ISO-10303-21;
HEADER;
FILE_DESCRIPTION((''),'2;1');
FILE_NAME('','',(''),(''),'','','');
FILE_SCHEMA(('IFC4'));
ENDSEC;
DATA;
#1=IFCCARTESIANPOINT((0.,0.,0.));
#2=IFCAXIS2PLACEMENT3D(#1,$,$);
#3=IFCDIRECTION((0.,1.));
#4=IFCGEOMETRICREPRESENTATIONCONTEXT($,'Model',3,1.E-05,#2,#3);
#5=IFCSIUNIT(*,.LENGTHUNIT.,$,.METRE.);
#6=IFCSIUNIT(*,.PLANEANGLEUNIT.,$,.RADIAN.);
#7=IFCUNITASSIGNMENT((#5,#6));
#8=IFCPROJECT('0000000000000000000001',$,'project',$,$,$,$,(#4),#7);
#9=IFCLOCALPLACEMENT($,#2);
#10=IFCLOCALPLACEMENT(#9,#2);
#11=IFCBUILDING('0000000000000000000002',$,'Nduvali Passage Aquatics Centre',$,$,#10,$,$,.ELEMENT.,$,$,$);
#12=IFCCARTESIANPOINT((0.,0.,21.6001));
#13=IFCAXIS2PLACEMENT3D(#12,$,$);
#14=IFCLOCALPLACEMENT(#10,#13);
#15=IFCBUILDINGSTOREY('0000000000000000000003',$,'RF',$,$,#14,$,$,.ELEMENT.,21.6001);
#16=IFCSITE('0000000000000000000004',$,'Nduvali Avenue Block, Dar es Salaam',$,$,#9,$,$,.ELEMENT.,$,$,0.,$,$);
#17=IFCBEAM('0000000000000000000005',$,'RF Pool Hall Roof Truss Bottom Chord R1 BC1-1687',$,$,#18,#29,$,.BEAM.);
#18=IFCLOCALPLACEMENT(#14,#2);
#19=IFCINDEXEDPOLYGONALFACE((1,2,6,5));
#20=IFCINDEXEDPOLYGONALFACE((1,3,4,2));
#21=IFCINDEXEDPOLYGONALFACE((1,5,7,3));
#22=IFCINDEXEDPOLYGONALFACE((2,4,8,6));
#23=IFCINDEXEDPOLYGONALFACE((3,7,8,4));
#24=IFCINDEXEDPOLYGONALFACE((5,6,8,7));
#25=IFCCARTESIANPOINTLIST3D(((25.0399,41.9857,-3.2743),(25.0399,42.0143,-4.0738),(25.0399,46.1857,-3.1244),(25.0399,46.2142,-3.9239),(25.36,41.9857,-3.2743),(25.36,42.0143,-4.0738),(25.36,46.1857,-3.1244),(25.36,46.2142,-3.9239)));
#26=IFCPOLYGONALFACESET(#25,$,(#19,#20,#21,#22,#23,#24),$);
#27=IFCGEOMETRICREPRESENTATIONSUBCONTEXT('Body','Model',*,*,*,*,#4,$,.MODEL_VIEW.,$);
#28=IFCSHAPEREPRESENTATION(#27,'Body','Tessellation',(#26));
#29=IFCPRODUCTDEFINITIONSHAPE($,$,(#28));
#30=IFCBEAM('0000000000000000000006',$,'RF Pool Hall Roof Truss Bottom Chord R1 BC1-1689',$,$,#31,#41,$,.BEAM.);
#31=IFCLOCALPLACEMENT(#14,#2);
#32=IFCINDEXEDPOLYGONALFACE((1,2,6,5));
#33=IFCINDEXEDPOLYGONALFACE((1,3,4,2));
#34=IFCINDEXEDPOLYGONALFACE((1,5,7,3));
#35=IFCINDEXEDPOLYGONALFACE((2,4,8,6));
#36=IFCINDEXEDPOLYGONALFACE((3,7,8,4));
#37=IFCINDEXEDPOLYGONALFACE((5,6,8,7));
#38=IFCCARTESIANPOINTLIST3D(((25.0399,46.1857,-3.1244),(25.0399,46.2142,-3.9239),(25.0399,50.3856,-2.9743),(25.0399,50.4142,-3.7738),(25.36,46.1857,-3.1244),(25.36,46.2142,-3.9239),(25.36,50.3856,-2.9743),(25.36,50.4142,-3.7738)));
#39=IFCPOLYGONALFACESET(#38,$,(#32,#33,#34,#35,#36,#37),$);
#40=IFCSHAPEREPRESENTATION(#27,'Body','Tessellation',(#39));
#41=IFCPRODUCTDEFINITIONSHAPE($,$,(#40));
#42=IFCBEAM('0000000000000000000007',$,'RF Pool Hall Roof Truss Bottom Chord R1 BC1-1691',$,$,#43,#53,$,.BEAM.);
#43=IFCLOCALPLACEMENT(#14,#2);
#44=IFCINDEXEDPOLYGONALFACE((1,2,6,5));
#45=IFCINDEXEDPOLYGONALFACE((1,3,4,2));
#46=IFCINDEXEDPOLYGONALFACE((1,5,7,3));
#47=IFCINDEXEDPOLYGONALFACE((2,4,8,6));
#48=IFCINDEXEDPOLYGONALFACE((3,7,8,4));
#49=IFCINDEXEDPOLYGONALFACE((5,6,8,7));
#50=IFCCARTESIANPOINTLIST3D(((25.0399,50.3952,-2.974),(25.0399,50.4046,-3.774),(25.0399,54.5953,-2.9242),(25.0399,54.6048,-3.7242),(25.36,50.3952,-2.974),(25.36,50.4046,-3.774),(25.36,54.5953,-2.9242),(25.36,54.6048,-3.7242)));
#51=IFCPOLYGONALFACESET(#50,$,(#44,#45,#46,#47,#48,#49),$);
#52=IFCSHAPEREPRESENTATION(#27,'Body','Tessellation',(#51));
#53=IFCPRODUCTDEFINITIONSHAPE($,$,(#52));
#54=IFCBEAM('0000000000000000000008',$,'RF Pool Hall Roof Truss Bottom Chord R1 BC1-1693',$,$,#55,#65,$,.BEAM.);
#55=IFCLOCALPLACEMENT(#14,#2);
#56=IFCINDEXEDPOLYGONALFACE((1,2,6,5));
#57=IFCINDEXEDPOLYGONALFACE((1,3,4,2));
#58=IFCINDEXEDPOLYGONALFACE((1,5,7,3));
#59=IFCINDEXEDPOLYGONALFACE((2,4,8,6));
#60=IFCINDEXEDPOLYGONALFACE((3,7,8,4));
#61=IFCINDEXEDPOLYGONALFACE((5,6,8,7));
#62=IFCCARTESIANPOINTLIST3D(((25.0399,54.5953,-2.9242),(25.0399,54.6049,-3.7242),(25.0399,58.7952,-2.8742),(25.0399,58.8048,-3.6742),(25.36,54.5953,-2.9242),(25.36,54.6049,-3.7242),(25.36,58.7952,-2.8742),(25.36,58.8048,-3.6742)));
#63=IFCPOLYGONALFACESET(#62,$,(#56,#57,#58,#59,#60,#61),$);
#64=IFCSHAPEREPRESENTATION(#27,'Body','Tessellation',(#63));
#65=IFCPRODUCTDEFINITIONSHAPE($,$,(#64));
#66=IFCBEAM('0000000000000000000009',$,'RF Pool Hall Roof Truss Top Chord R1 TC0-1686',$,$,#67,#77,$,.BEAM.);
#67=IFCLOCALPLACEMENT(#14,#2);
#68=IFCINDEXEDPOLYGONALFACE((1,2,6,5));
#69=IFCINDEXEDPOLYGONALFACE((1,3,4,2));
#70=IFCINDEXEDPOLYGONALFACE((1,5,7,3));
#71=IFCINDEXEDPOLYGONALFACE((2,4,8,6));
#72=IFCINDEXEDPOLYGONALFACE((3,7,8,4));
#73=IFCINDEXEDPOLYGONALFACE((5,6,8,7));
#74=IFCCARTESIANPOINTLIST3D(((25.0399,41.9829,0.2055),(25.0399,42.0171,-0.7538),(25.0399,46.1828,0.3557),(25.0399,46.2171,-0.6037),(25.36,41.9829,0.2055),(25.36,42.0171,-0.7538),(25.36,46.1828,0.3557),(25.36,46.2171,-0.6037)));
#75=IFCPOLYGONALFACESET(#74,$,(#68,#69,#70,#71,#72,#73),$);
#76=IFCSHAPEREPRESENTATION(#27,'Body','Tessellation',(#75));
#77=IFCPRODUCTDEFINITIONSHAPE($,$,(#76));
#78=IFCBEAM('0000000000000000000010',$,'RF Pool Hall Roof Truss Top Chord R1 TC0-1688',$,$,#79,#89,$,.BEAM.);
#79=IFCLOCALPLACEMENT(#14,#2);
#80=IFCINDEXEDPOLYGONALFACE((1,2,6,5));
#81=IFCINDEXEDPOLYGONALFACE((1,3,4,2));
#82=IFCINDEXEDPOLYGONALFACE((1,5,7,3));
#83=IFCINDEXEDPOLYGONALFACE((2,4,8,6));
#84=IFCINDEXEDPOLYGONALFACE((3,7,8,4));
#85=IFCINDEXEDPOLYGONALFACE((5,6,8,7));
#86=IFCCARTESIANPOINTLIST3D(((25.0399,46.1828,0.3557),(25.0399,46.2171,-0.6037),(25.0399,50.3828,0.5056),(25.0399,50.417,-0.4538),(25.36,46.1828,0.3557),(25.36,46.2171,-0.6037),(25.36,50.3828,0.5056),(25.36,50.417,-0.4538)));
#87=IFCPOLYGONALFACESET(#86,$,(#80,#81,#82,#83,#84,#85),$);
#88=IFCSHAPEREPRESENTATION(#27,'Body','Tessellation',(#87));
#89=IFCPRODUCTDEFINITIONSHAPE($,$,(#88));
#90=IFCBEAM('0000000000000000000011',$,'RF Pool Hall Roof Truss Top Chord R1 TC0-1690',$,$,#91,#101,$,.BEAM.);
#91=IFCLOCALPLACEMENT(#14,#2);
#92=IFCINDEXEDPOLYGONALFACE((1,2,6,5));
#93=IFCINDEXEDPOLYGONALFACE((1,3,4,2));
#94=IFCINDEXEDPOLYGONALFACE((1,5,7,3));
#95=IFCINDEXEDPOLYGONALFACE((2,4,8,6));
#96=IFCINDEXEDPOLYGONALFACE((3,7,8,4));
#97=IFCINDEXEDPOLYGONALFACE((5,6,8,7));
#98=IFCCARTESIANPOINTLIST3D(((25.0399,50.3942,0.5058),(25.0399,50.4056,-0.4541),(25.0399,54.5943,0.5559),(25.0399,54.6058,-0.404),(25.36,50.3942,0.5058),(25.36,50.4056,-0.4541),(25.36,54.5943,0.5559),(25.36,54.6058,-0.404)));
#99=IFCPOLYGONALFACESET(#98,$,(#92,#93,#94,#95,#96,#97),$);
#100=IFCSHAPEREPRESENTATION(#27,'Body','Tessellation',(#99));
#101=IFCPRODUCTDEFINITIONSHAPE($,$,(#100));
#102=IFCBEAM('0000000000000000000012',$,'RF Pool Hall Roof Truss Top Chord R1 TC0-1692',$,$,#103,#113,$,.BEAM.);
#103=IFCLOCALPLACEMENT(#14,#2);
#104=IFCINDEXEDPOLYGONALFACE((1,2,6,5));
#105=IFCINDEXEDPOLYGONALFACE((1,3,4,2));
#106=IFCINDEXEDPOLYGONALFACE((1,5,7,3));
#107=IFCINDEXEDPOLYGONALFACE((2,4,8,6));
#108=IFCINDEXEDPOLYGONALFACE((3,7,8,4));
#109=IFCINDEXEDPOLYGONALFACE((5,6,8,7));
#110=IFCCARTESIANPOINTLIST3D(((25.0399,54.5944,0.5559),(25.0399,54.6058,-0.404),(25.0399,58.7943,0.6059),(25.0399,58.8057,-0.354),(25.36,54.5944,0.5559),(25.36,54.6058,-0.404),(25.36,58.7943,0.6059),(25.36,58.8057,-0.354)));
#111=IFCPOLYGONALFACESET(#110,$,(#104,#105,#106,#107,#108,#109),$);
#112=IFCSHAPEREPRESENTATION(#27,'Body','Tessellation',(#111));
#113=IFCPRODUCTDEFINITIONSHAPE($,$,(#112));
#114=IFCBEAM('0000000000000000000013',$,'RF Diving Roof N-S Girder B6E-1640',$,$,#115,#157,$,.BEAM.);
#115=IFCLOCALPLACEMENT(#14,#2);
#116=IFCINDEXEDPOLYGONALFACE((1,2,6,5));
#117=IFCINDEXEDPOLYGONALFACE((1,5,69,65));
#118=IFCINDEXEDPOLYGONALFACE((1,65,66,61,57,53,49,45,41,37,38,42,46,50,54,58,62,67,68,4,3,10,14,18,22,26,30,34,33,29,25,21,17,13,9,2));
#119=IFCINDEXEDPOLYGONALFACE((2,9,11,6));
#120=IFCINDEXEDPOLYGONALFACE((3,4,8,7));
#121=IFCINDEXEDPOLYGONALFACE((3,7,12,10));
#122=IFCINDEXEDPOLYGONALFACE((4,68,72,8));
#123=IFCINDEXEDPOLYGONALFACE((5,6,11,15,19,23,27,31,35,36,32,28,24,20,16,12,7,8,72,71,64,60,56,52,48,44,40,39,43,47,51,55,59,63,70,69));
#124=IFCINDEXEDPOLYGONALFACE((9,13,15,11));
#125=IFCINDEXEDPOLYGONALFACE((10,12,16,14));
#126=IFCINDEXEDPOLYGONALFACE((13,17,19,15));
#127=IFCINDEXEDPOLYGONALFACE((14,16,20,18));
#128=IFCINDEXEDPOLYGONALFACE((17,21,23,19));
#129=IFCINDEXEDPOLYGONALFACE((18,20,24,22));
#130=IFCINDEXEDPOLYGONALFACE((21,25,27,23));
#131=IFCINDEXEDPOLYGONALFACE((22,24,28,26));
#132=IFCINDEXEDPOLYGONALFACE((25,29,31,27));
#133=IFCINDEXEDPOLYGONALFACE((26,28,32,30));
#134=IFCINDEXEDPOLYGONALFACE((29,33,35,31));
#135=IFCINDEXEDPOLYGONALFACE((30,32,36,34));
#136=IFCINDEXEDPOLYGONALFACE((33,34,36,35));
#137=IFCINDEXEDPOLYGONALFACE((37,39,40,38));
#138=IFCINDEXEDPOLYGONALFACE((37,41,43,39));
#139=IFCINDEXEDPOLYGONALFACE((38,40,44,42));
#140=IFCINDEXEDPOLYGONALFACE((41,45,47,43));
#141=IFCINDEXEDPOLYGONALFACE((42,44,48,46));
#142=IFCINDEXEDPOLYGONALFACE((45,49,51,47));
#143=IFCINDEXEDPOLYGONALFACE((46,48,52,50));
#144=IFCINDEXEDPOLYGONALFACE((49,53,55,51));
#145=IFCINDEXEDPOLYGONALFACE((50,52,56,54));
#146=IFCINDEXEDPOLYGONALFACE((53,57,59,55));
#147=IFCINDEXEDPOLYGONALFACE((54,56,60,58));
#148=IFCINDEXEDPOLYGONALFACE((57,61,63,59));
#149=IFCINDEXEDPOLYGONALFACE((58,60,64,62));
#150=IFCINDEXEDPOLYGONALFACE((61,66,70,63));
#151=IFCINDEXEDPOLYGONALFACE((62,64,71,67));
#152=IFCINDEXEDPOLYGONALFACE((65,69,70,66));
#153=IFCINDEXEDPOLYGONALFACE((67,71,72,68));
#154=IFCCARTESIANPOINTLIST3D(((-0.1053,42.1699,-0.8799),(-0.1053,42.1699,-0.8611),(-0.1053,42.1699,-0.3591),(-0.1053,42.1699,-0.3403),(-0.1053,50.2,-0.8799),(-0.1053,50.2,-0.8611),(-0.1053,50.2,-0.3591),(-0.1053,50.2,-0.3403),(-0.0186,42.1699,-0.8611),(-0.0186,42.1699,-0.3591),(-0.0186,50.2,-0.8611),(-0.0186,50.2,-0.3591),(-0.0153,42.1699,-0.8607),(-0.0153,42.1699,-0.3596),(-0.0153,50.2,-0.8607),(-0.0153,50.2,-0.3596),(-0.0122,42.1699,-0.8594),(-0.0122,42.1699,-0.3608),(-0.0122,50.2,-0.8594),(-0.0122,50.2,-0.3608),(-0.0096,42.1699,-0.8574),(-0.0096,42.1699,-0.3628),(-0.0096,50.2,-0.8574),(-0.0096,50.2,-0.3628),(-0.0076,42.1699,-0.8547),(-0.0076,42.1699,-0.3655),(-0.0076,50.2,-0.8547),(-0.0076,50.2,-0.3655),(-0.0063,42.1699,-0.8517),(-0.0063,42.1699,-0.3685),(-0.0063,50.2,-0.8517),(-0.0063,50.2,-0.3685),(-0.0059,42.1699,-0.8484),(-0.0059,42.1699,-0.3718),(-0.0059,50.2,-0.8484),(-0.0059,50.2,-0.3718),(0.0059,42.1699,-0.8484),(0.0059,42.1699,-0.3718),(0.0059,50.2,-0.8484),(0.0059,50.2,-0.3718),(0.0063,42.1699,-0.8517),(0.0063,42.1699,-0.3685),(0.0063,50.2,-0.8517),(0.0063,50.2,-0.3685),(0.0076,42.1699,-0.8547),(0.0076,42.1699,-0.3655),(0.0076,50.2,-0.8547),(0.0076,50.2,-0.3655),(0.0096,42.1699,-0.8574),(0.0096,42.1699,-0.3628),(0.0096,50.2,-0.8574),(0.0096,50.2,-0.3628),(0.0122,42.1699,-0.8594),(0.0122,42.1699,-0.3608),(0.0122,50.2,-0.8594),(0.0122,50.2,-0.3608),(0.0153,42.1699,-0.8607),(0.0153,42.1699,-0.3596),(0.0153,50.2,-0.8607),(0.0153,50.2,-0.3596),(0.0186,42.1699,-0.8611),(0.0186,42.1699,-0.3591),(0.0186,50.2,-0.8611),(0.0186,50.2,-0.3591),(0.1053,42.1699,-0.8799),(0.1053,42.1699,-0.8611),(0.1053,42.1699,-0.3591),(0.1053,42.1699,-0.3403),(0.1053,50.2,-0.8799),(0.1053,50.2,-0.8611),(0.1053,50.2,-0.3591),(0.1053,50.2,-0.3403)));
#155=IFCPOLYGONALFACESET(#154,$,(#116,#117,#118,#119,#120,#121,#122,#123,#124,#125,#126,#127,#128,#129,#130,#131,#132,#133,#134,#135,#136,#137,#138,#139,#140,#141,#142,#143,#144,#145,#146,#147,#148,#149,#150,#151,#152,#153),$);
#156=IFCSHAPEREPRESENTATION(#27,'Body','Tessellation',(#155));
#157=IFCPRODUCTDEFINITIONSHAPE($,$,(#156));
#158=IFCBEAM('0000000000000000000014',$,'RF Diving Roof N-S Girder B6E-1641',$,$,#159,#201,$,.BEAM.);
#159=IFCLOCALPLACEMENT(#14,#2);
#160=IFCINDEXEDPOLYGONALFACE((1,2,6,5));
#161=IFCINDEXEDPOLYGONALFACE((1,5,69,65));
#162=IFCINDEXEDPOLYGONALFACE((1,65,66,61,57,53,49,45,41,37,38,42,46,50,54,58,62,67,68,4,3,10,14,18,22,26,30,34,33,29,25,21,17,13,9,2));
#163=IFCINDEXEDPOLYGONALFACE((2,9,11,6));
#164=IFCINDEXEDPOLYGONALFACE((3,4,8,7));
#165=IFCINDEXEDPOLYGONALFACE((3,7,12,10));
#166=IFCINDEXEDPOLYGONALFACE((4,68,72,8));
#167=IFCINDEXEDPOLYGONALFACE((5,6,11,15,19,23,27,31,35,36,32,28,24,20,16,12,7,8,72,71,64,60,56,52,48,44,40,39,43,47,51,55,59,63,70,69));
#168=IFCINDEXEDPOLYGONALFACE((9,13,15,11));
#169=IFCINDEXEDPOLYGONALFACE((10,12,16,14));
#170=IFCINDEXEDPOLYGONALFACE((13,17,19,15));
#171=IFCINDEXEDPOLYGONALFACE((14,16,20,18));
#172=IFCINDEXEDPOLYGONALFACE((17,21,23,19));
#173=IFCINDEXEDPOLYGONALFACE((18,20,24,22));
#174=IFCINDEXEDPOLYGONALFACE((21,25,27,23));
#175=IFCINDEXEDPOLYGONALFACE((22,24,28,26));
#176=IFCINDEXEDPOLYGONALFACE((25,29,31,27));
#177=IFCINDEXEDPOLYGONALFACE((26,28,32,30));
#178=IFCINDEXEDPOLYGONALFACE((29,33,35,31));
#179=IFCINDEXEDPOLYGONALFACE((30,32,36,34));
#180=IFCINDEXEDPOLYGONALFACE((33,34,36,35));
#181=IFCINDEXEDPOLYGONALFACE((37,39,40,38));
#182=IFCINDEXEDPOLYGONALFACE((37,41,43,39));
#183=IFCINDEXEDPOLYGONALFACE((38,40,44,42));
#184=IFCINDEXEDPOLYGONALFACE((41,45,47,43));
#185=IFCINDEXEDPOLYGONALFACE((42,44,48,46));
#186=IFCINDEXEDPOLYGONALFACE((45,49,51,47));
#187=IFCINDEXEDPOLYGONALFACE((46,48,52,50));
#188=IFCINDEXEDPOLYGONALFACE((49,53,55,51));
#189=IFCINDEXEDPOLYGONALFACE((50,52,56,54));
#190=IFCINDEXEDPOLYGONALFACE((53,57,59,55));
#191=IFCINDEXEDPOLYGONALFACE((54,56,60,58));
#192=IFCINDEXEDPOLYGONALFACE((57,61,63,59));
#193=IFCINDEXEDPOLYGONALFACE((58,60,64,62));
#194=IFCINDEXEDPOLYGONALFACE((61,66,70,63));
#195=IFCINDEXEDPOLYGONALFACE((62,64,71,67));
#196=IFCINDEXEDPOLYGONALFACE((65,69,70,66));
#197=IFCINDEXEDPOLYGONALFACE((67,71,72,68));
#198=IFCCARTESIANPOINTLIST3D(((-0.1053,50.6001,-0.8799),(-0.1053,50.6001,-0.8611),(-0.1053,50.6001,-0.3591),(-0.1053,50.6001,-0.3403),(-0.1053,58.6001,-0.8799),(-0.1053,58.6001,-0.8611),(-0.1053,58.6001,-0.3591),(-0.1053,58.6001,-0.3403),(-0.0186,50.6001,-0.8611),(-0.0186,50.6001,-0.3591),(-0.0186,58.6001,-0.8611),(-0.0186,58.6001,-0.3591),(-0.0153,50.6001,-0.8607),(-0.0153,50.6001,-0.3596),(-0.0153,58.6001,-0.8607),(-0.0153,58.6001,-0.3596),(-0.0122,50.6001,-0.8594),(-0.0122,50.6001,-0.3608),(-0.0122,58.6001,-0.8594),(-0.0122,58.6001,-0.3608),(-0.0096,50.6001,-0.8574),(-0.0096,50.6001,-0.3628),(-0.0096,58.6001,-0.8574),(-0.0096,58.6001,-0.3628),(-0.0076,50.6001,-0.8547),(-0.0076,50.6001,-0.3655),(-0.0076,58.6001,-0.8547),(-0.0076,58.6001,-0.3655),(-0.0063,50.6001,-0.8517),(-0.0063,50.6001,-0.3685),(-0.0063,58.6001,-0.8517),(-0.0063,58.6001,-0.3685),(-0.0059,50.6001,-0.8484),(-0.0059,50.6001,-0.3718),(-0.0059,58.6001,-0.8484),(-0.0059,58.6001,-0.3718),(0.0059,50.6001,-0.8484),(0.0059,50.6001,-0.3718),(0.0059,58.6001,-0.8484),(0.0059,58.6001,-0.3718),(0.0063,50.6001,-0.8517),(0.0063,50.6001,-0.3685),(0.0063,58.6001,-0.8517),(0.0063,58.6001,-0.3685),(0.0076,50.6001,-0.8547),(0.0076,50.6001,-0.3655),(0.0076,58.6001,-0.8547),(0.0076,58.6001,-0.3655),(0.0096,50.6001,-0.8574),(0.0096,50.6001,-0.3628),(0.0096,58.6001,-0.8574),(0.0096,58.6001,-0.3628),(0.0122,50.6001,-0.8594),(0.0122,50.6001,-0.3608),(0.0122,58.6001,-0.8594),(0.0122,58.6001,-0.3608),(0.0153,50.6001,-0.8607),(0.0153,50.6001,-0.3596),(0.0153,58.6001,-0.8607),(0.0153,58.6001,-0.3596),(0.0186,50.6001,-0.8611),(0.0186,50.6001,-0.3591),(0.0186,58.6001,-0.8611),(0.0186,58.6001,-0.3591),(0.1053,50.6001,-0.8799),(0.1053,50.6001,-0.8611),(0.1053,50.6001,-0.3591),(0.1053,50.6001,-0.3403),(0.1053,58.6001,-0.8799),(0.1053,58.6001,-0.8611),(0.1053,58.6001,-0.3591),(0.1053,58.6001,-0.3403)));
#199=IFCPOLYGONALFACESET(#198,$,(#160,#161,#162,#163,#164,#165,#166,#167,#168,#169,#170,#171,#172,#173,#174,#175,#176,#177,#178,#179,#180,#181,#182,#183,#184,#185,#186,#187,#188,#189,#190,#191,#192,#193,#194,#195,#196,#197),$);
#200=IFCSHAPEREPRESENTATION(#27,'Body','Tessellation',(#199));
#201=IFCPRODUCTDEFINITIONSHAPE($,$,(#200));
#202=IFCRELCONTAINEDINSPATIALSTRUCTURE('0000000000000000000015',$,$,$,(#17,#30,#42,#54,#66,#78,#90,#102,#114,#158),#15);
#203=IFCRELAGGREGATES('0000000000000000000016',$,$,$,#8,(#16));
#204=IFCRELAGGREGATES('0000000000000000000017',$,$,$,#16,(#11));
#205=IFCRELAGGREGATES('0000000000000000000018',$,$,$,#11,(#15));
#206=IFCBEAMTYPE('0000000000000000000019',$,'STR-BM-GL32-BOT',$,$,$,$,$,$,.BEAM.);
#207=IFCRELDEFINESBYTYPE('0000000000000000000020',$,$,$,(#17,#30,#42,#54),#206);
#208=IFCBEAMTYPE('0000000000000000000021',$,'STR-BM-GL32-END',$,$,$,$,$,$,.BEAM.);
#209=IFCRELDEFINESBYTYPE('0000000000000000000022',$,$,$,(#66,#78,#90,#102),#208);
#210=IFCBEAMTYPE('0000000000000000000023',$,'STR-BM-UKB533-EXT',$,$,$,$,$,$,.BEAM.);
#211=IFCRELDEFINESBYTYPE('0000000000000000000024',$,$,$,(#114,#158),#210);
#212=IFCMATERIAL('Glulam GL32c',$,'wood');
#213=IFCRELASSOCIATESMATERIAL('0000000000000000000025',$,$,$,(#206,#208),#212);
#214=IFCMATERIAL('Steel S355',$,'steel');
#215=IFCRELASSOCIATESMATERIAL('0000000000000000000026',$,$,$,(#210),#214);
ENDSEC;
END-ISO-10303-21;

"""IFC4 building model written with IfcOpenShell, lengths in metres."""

from ifc_helpers import new_model, si_unit, direction, frame, origin, origin_2d, place, context, subcontext, project, spatial, rectangle, i_section, extrude, material, material_profile, profile_set, type_object, element, save


model = new_model("IFC4")

# Units and contexts
model_context = context("Model", 3, precision=1e-05, world=origin(), true_north=direction((0.0, 1.0)))
body_context = subcontext(model_context, "Body", "Model", "MODEL_VIEW")
ifc_project = project(units=[si_unit("LENGTHUNIT", "METRE"), si_unit("PLANEANGLEUNIT", "RADIAN")], contexts=[model_context])

# Site, building, storey
site_placement = place(None, origin())
site = spatial("IfcSite", under=ifc_project, at=site_placement, Name="Nduvali Avenue Block, Dar es Salaam", CompositionType="ELEMENT", RefElevation=0.0)
building_placement = place(site_placement, origin())
building = spatial("IfcBuilding", under=site, at=building_placement, Name="Nduvali Passage Aquatics Centre", CompositionType="ELEMENT")
storey_placement = place(building_placement, frame((0.0, 0.0, 21.6001)))
storey = spatial("IfcBuildingStorey", under=building, at=storey_placement, Name="RF", CompositionType="ELEMENT", Elevation=21.6001)

# Beams
ifc_material_1 = material(Name="Glulam GL32c", Category="wood")
ifc_material_profile_1 = material_profile(ifc_material_1, rectangle(XDim=0.3201, YDim=0.8, at=origin_2d()), Name="GL32c 320x800")
ifc_profile_set_1 = profile_set([ifc_material_profile_1], Name="Glulam GL32c")
beam_type_1 = type_object("IfcBeamType", Name="STR-BM-GL32-BOT", PredefinedType="BEAM", material=ifc_profile_set_1)
for number, where, z_axis, x_axis, name in (
    (1, (25.2, 42.0, -3.6741), (0.0, 0.999364, 0.035669), (-1.0, 0.0, 0.0), "RF Pool Hall Roof Truss Bottom Chord R1 BC1-1687"),
    (2, (25.2, 46.2, -3.5242), (0.0, 0.999362, 0.035727), (-1.0, 0.0, 0.0), "RF Pool Hall Roof Truss Bottom Chord R1 BC1-1689"),
):
    element("IfcBeam", number, at=place(storey_placement, frame(where, z_axis=z_axis, x_axis=x_axis)), inside=storey, type_object=beam_type_1, Name=name, PredefinedType="BEAM", context=body_context, shape_type="SweptSolid", body=[
        extrude(rectangle(XDim=0.3201, YDim=0.8, at=origin_2d()), origin(), (0.0, 0.0, 1.0), 4.2026),
    ])
beam_1_placement = place(storey_placement, frame((25.2, 50.3999, -3.374), z_axis=(0.0, 0.99993, 0.011857), x_axis=(-1.0, 0.0, 0.0)))
element("IfcBeam", 3, at=beam_1_placement, inside=storey, type_object=beam_type_1, Name="RF Pool Hall Roof Truss Bottom Chord R1 BC1-1691", PredefinedType="BEAM", context=body_context, shape_type="SweptSolid", body=[
    extrude(rectangle(XDim=0.3201, YDim=0.8, at=origin_2d()), origin(), (0.0, 0.0, 1.0), 4.2004),
])
beam_2_placement = place(storey_placement, frame((25.2, 54.6001, -3.3242), z_axis=(0.0, 0.999929, 0.011916), x_axis=(-1.0, 0.0, 0.0)))
element("IfcBeam", 4, at=beam_2_placement, inside=storey, type_object=beam_type_1, Name="RF Pool Hall Roof Truss Bottom Chord R1 BC1-1693", PredefinedType="BEAM", context=body_context, shape_type="SweptSolid", body=[
    extrude(rectangle(XDim=0.3201, YDim=0.8, at=origin_2d()), origin(), (0.0, 0.0, 1.0), 4.2002),
])
ifc_material_profile_2 = material_profile(ifc_material_1, rectangle(XDim=0.3201, YDim=0.96, at=origin_2d()), Name="GL32c 320x960")
ifc_profile_set_2 = profile_set([ifc_material_profile_2], Name="Glulam GL32c")
beam_type_2 = type_object("IfcBeamType", Name="STR-BM-GL32-END", PredefinedType="BEAM", material=ifc_profile_set_2)
for number, where, z_axis, x_axis, name in (
    (5, (25.2, 42.0, -0.2742), (0.0, 0.999362, 0.035727), (-1.0, 0.0, 0.0), "RF Pool Hall Roof Truss Top Chord R1 TC0-1686"),
    (6, (25.2, 46.2, -0.124), (0.0, 0.999364, 0.035669), (-1.0, 0.0, 0.0), "RF Pool Hall Roof Truss Top Chord R1 TC0-1688"),
):
    element("IfcBeam", number, at=place(storey_placement, frame(where, z_axis=z_axis, x_axis=x_axis)), inside=storey, type_object=beam_type_2, Name=name, PredefinedType="BEAM", context=body_context, shape_type="SweptSolid", body=[
        extrude(rectangle(XDim=0.3201, YDim=0.96, at=origin_2d()), origin(), (0.0, 0.0, 1.0), 4.2026),
    ])
beam_3_placement = place(storey_placement, frame((25.2, 50.3999, 0.0259), z_axis=(0.0, 0.999929, 0.011915), x_axis=(-1.0, 0.0, 0.0)))
element("IfcBeam", 7, at=beam_3_placement, inside=storey, type_object=beam_type_2, Name="RF Pool Hall Roof Truss Top Chord R1 TC0-1690", PredefinedType="BEAM", context=body_context, shape_type="SweptSolid", body=[
    extrude(rectangle(XDim=0.3201, YDim=0.96, at=origin_2d()), origin(), (0.0, 0.0, 1.0), 4.2004),
])
beam_4_placement = place(storey_placement, frame((25.2, 54.6001, 0.0759), z_axis=(0.0, 0.999929, 0.011916), x_axis=(-1.0, 0.0, 0.0)))
element("IfcBeam", 8, at=beam_4_placement, inside=storey, type_object=beam_type_2, Name="RF Pool Hall Roof Truss Top Chord R1 TC0-1692", PredefinedType="BEAM", context=body_context, shape_type="SweptSolid", body=[
    extrude(rectangle(XDim=0.3201, YDim=0.96, at=origin_2d()), origin(), (0.0, 0.0, 1.0), 4.2002),
])
ifc_material_2 = material(Name="Steel S355", Category="steel")
ifc_material_profile_3 = material_profile(ifc_material_2, i_section(OverallWidth=0.2107, OverallDepth=0.5396, WebThickness=0.0117, FlangeThickness=0.0188, FilletRadius=0.0127, at=origin_2d()), Name="UKB 533x210x109")
ifc_profile_set_3 = profile_set([ifc_material_profile_3], Name="Steel S355")
beam_type_3 = type_object("IfcBeamType", Name="STR-BM-UKB533-EXT", PredefinedType="BEAM", material=ifc_profile_set_3)
beam_5_placement = place(storey_placement, frame((0.0, 42.1699, -0.6101), z_axis=(0.0, 1.0, 0.0), x_axis=(-1.0, 0.0, 0.0)))
element("IfcBeam", 9, at=beam_5_placement, inside=storey, type_object=beam_type_3, Name="RF Diving Roof N-S Girder B6E-1640", PredefinedType="BEAM", context=body_context, shape_type="SweptSolid", body=[
    extrude(i_section(OverallWidth=0.2107, OverallDepth=0.5396, WebThickness=0.0117, FlangeThickness=0.0188, FilletRadius=0.0127, at=origin_2d()), origin(), (0.0, 0.0, 1.0), 8.03),
])
beam_6_placement = place(storey_placement, frame((0.0, 50.6001, -0.6101), z_axis=(0.0, 1.0, 0.0), x_axis=(-1.0, 0.0, 0.0)))
element("IfcBeam", 10, at=beam_6_placement, inside=storey, type_object=beam_type_3, Name="RF Diving Roof N-S Girder B6E-1641", PredefinedType="BEAM", context=body_context, shape_type="SweptSolid", body=[
    extrude(i_section(OverallWidth=0.2107, OverallDepth=0.5396, WebThickness=0.0117, FlangeThickness=0.0188, FilletRadius=0.0127, at=origin_2d()), origin(), (0.0, 0.0, 1.0), 8.0),
])

save(model, "model.ifc")
